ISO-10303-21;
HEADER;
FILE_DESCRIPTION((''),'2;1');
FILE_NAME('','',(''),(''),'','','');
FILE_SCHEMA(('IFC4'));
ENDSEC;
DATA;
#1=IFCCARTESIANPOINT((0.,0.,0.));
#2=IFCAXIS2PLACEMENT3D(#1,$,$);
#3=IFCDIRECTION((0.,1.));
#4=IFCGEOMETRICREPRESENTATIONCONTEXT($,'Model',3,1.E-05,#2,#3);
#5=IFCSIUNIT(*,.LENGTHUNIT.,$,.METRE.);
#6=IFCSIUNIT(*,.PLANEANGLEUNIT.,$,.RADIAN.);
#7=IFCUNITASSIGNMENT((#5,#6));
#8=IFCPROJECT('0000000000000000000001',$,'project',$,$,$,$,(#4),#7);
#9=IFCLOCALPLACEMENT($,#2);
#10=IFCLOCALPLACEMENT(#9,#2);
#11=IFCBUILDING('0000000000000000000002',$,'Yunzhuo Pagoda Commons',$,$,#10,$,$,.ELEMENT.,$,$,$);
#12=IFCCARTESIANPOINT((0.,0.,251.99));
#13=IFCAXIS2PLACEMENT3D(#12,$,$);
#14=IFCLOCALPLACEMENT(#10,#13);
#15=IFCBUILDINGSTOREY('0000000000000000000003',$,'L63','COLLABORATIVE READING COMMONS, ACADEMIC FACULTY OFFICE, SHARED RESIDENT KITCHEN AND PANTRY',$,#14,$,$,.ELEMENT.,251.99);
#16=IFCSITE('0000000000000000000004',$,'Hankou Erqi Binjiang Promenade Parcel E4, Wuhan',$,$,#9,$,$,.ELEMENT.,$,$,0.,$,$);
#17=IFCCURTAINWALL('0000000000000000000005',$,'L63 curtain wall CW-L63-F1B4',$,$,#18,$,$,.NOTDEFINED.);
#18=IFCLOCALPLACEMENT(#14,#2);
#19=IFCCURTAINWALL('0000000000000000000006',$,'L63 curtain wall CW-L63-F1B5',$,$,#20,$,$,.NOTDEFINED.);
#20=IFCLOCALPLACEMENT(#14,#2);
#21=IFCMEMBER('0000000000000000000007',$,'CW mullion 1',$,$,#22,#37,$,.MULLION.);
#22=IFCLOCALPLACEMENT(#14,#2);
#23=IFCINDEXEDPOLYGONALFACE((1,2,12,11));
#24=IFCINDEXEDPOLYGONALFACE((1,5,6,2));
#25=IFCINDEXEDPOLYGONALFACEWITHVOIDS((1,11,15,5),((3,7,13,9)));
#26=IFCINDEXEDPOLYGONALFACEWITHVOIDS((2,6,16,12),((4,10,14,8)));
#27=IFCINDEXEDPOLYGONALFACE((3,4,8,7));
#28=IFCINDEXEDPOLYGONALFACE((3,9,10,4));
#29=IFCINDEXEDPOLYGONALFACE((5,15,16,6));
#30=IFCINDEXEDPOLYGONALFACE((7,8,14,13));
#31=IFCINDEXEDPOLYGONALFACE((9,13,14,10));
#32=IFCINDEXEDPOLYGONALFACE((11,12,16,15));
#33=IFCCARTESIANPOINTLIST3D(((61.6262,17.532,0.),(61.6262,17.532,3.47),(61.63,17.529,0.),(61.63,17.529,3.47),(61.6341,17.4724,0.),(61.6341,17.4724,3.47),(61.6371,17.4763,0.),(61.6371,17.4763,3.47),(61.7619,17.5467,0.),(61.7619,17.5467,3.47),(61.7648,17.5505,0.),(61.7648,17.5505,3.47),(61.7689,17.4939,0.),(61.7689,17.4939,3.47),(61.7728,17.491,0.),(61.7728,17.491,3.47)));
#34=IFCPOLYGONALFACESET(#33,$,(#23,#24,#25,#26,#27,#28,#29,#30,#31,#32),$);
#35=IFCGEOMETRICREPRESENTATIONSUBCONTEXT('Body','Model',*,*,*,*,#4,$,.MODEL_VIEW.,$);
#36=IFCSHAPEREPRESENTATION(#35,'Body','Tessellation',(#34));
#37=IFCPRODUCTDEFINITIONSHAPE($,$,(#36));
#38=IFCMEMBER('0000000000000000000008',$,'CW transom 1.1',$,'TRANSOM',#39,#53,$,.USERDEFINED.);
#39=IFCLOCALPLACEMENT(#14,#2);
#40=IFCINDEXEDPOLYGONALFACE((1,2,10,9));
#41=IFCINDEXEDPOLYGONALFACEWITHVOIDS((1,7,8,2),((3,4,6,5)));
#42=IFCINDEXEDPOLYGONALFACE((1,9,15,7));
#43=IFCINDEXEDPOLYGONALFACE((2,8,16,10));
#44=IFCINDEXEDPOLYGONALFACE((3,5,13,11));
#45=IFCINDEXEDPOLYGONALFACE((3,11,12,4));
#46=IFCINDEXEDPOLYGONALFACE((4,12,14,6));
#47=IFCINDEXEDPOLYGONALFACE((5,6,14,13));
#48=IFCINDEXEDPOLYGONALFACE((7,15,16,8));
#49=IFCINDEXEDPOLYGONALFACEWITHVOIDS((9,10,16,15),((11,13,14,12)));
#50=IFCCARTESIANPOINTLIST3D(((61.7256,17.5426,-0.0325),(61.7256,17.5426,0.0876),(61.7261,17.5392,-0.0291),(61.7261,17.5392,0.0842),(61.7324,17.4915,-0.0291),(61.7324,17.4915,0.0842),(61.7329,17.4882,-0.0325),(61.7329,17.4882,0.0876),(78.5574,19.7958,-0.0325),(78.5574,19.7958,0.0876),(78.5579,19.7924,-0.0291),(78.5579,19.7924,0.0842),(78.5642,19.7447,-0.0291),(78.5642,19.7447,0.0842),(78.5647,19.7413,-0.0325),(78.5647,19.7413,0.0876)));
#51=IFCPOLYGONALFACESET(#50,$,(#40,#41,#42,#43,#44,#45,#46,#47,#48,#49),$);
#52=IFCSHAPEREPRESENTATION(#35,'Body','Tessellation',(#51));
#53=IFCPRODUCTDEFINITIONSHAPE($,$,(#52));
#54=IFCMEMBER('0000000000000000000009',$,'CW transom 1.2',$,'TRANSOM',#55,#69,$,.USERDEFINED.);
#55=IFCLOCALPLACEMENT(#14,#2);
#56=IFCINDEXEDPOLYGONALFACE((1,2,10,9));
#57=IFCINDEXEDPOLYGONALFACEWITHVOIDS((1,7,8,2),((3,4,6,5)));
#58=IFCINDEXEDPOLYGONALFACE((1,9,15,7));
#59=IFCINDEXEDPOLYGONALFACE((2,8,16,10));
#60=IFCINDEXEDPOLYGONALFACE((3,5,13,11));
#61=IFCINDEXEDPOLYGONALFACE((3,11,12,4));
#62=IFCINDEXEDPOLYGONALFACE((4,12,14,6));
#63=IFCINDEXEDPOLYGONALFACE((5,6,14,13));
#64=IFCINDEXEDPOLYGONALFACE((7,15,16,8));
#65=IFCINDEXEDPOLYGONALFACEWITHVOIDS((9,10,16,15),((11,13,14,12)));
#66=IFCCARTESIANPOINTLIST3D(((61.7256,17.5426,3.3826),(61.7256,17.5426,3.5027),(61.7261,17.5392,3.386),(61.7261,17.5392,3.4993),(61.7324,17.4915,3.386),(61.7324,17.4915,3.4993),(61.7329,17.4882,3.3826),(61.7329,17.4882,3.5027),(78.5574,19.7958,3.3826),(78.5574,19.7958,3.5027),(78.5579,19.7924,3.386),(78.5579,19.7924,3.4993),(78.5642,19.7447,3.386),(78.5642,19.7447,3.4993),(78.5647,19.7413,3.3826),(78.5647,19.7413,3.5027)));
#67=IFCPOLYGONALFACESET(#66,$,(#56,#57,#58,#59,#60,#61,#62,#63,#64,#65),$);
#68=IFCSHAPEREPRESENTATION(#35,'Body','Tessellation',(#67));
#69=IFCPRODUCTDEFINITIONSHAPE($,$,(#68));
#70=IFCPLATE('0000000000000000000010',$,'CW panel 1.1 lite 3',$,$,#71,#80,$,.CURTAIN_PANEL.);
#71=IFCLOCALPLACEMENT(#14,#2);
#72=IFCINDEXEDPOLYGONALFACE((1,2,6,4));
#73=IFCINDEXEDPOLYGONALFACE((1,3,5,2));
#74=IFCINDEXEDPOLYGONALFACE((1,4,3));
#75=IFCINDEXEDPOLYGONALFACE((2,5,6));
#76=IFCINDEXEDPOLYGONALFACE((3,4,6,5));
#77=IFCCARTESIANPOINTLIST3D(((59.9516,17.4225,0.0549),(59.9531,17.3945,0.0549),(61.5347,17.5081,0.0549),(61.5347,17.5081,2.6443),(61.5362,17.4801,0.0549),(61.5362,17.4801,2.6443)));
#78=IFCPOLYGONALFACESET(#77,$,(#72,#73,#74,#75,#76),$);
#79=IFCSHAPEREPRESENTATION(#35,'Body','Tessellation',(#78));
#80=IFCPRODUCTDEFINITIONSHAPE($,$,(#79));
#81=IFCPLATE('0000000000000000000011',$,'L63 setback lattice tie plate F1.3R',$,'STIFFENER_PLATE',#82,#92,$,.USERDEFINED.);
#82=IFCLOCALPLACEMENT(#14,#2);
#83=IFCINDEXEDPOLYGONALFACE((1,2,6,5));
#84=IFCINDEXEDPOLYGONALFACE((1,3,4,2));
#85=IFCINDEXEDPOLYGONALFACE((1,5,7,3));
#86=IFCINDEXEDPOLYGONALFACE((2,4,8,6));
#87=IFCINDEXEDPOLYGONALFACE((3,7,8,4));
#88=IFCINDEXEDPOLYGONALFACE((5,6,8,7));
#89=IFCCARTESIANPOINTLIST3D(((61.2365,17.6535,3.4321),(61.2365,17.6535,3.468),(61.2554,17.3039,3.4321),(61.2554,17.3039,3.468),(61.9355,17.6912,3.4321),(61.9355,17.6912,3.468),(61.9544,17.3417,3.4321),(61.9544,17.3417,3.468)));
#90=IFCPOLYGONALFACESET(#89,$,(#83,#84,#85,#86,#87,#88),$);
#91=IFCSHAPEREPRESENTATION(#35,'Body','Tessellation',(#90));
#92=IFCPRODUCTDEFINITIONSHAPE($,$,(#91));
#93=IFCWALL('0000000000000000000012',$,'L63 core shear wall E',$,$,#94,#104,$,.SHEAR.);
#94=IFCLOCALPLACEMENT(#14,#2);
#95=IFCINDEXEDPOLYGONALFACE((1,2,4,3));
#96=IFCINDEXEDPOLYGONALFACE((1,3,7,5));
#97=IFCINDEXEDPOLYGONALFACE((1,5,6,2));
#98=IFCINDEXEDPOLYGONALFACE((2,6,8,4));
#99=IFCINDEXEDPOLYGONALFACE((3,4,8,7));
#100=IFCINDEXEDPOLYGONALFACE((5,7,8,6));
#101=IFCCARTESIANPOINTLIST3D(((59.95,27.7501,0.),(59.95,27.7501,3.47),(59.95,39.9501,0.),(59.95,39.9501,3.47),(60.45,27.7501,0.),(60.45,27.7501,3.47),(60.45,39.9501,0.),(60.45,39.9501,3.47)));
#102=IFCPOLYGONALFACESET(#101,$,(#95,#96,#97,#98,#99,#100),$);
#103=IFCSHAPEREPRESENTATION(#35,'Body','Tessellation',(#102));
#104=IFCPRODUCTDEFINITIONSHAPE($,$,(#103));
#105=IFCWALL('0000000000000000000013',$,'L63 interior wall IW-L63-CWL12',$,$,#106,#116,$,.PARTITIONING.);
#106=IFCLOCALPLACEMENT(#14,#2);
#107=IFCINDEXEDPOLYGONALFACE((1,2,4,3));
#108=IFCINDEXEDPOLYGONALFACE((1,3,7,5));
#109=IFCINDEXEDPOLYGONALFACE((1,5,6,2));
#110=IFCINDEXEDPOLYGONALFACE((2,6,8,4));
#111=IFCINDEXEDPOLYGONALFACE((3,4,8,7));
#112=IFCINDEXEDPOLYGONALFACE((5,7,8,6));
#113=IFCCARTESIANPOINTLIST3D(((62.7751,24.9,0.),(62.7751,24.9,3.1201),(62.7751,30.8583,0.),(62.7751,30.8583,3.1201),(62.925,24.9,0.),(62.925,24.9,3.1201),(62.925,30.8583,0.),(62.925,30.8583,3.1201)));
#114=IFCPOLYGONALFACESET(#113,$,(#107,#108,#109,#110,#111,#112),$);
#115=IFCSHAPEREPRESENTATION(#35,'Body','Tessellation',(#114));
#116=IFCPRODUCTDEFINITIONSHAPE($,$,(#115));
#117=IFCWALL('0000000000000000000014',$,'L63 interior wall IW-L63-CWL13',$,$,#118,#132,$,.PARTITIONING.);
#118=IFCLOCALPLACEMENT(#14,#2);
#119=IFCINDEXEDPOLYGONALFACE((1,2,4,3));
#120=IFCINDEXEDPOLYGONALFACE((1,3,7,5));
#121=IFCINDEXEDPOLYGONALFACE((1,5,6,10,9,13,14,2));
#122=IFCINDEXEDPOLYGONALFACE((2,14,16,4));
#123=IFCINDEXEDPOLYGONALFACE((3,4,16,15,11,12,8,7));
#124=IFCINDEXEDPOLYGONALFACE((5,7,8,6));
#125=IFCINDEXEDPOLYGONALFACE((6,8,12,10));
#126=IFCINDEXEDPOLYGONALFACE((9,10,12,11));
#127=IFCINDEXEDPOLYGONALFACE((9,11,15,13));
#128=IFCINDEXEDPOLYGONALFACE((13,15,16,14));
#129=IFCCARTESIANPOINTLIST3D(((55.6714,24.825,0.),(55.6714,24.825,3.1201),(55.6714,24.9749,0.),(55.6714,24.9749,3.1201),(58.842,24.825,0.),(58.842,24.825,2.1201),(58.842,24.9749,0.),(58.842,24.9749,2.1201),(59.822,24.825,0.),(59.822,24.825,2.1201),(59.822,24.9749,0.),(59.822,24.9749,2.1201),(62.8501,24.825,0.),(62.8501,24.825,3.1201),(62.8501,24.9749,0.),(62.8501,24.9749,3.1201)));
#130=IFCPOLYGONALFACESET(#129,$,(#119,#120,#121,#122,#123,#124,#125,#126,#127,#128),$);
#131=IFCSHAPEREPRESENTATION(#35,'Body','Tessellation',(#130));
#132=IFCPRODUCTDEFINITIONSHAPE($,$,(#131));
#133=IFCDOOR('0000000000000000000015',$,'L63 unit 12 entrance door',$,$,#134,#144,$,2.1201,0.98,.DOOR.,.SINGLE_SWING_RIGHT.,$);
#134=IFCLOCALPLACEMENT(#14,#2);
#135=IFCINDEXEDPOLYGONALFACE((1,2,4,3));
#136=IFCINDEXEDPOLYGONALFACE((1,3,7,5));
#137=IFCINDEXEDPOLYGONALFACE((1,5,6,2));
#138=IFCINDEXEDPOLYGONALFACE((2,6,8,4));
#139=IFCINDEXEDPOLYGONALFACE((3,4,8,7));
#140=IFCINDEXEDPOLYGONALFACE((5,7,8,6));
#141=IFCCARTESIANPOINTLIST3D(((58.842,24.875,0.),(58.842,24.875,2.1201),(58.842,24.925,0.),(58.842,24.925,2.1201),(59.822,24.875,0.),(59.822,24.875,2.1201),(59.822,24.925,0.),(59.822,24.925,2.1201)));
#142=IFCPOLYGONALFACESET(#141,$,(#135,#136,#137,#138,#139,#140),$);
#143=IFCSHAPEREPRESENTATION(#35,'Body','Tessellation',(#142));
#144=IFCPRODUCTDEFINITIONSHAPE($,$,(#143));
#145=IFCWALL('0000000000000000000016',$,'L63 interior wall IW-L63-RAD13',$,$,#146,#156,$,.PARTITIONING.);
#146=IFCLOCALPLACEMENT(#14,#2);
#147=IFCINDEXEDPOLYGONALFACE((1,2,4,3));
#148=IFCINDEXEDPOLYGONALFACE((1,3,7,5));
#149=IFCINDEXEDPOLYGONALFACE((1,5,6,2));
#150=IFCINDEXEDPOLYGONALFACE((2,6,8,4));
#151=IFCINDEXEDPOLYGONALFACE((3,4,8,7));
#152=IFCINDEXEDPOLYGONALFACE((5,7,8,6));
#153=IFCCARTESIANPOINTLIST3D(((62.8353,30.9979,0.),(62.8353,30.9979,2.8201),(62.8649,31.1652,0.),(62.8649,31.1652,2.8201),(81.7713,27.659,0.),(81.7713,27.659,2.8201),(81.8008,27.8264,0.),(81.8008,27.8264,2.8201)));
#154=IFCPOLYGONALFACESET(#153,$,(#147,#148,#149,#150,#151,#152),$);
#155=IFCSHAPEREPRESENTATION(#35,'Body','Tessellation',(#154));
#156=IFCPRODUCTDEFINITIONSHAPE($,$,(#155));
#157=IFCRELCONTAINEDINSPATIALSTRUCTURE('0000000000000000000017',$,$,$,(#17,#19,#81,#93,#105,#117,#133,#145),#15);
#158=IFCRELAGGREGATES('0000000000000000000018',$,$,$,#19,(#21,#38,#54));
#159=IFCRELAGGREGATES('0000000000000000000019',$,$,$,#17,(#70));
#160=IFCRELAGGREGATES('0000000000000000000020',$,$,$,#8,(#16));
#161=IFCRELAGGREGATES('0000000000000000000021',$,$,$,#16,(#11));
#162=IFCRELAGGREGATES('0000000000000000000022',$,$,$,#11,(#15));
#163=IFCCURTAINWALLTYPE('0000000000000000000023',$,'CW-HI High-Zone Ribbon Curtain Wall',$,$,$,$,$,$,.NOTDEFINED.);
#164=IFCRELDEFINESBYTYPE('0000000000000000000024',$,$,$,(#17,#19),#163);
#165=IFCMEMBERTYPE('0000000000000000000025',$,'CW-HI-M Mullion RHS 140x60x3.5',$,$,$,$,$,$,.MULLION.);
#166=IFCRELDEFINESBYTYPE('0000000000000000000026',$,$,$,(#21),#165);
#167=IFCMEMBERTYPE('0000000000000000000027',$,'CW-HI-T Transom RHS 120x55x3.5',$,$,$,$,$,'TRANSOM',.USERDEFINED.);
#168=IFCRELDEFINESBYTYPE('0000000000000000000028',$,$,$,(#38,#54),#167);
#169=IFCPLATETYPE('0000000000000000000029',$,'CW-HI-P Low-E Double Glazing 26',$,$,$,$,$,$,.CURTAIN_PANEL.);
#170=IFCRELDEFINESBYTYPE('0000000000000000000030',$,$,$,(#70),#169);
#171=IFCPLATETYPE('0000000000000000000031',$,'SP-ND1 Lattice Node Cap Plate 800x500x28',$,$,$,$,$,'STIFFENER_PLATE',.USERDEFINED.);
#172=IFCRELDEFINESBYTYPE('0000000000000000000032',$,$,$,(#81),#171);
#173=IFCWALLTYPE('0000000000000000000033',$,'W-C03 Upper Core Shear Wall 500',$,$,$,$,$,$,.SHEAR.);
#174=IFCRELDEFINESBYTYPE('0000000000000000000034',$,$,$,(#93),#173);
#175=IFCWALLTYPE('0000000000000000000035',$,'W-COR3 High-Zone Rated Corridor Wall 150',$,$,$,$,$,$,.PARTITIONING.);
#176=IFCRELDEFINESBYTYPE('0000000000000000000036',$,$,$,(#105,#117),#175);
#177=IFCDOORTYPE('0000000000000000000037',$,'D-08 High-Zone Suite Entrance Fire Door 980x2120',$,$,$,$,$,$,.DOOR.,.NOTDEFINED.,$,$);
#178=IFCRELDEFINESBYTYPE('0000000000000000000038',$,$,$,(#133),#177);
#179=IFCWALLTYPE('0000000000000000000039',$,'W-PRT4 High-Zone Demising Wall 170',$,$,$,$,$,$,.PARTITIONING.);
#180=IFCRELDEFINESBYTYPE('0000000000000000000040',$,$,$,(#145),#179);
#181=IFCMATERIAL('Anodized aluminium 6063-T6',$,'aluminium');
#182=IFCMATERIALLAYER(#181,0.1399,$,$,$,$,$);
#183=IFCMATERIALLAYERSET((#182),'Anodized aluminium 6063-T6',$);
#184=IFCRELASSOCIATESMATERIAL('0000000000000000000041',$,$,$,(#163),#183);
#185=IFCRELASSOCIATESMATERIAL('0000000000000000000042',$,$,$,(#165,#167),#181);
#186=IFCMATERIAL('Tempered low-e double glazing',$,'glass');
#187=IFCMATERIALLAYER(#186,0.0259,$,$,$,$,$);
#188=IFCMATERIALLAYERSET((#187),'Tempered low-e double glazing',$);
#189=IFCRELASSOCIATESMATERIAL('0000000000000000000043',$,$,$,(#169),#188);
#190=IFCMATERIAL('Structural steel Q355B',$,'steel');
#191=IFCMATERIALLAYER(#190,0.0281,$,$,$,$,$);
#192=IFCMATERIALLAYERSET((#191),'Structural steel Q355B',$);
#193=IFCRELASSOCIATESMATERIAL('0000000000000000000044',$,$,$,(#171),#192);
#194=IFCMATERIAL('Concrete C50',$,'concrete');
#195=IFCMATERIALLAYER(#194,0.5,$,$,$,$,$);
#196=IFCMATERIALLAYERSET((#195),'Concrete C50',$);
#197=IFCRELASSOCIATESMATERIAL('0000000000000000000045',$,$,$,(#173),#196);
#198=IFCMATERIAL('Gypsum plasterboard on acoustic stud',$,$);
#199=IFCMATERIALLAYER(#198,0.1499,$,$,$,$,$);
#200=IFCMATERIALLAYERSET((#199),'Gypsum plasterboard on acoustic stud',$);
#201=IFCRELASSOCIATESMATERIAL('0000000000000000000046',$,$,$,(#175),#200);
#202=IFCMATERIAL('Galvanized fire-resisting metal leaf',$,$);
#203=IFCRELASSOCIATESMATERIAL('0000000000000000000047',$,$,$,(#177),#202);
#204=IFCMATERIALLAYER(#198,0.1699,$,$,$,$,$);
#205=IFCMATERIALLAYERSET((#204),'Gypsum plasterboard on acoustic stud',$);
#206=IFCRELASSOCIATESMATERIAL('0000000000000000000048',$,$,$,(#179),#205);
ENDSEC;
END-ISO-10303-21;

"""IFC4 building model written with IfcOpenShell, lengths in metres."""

from ifc_helpers import new_model, si_unit, direction, frame, frame_2d, origin, origin_with_axes, origin_2d, place, context, subcontext, project, spatial, polyline, rectangle, hollow_rectangle, outline, extrude, source, transform, mapped, material, layer, layer_set, material_profile, profile_set, type_object, element, fill, aggregate, save


model = new_model("IFC4")

# Units and contexts
model_context = context("Model", 3, precision=1e-05, world=origin(), true_north=direction((0.0, 1.0)))
body_context = subcontext(model_context, "Body", "Model", "MODEL_VIEW")
ifc_project = project(units=[si_unit("LENGTHUNIT", "METRE"), si_unit("PLANEANGLEUNIT", "RADIAN")], contexts=[model_context])

# Site, building, storey
site_placement = place(None, origin())
site = spatial("IfcSite", under=ifc_project, at=site_placement, Name="Hankou Erqi Binjiang Promenade Parcel E4, Wuhan", CompositionType="ELEMENT", RefElevation=0.0)
building_placement = place(site_placement, origin())
building = spatial("IfcBuilding", under=site, at=building_placement, Name="Yunzhuo Pagoda Commons", CompositionType="ELEMENT")
storey_placement = place(building_placement, frame((0.0, 0.0, 251.99)))
storey = spatial("IfcBuildingStorey", under=building, at=storey_placement, Name="L63", Description="COLLABORATIVE READING COMMONS, ACADEMIC FACULTY OFFICE, SHARED RESIDENT KITCHEN AND PANTRY", CompositionType="ELEMENT", Elevation=251.99)

# Shared definitions
ifc_material_1 = material(Name="Structural steel Q355B", Category="steel")

# Curtain wall
ifc_material_2 = material(Name="Anodized aluminium 6063-T6", Category="aluminium")
ifc_layer_1 = layer(ifc_material_2, 0.1399)
ifc_layer_set_1 = layer_set([ifc_layer_1], Name="Anodized aluminium 6063-T6")
curtain_wall_type = type_object("IfcCurtainWallType", Name="CW-HI High-Zone Ribbon Curtain Wall", PredefinedType="NOTDEFINED", material=ifc_layer_set_1)
curtain_wall_1_placement = place(storey_placement, origin())
curtain_wall_1 = element("IfcCurtainWall", 1, at=curtain_wall_1_placement, inside=storey, type_object=curtain_wall_type, Name="L63 curtain wall CW-L63-F1B4", PredefinedType="NOTDEFINED")
ifc_material_profile_1 = material_profile(ifc_material_2, hollow_rectangle(XDim=0.0601, YDim=0.1399, WallThickness=0.0034, at=origin_2d()), Name="Anodized aluminium 6063-T6")
ifc_profile_set_1 = profile_set([ifc_material_profile_1], Name="Anodized aluminium 6063-T6")
member_type_1 = type_object("IfcMemberType", Name="CW-HI-M Mullion RHS 140x60x3.5", PredefinedType="MULLION", material=ifc_profile_set_1)
shared_shape_1 = source(origin(), body_context, "Body", "SweptSolid", [
    extrude(hollow_rectangle(XDim=0.0601, YDim=0.1399, WallThickness=0.0034, at=origin_2d()), origin(), (0.0, 0.0, 1.0), 3.47),
])

# Curtain wall, members
curtain_wall_2_placement = place(storey_placement, origin())
curtain_wall_2 = element("IfcCurtainWall", 2, at=curtain_wall_2_placement, inside=storey, type_object=curtain_wall_type, Name="L63 curtain wall CW-L63-F1B5", PredefinedType="NOTDEFINED")
member_1_placement = place(storey_placement, frame((61.6995, 17.5115, 0.0), z_axis=(0.0, 0.0, 1.0), x_axis=(-0.132664, 0.991161, 0.0)))
member_1 = element("IfcMember", 3, at=member_1_placement, type_object=member_type_1, Name="CW mullion 1", PredefinedType="MULLION", context=body_context, shape_type="MappedRepresentation", body=[
    mapped(shared_shape_1, transform((0.0, 0.0, 0.0), scale=1.0)),
])
ifc_material_profile_2 = material_profile(ifc_material_2, hollow_rectangle(XDim=0.0549, YDim=0.1201, WallThickness=0.0034, at=origin_2d()), Name="Anodized aluminium 6063-T6")
ifc_profile_set_2 = profile_set([ifc_material_profile_2], Name="Anodized aluminium 6063-T6")
member_type_2 = type_object("IfcMemberType", Name="CW-HI-T Transom RHS 120x55x3.5", ElementType="TRANSOM", PredefinedType="USERDEFINED", material=ifc_profile_set_2)
shared_shape_2 = source(origin(), body_context, "Body", "SweptSolid", [
    extrude(hollow_rectangle(XDim=0.0549, YDim=0.1201, WallThickness=0.0034, at=origin_2d()), origin(), (0.0, 0.0, 1.0), 16.9819),
])
member_2_placement = place(storey_placement, frame((61.7292, 17.5154, 0.0276), z_axis=(0.991159, 0.132681, 0.0), x_axis=(-0.132681, 0.991159, 0.0)))
member_2 = element("IfcMember", 4, at=member_2_placement, type_object=member_type_2, Name="CW transom 1.1", ObjectType="TRANSOM", PredefinedType="USERDEFINED", context=body_context, shape_type="MappedRepresentation", body=[
    mapped(shared_shape_2, transform((0.0, 0.0, 0.0), scale=1.0)),
])
member_3_placement = place(storey_placement, frame((61.7292, 17.5154, 3.4426), z_axis=(0.991159, 0.132681, 0.0), x_axis=(-0.132681, 0.991159, 0.0)))
member_3 = element("IfcMember", 5, at=member_3_placement, type_object=member_type_2, Name="CW transom 1.2", ObjectType="TRANSOM", PredefinedType="USERDEFINED", context=body_context, shape_type="MappedRepresentation", body=[
    mapped(shared_shape_2, transform((0.0, 0.0, 0.0), scale=1.0)),
])
aggregate(curtain_wall_2, [member_1, member_2, member_3])

# Plates
ifc_material_3 = material(Name="Tempered low-e double glazing", Category="glass")
ifc_layer_2 = layer(ifc_material_3, 0.0259)
ifc_layer_set_2 = layer_set([ifc_layer_2], Name="Tempered low-e double glazing")
plate_type_1 = type_object("IfcPlateType", Name="CW-HI-P Low-E Double Glazing 26", PredefinedType="CURTAIN_PANEL", material=ifc_layer_set_2)
plate_1_placement = place(storey_placement, frame((60.7432, 17.4653, 1.3496), z_axis=(0.053989, -0.998542, 0.0), x_axis=(0.998542, 0.053989, 0.0)))
plate_1 = element("IfcPlate", 6, at=plate_1_placement, type_object=plate_type_1, Name="CW panel 1.1 lite 3", PredefinedType="CURTAIN_PANEL", context=body_context, shape_type="SweptSolid", body=[
    extrude(outline(polyline([(-0.7927, -1.2947), (0.7927, -1.2947), (0.7927, 1.2947), (-0.7927, -1.2947)])), origin(), (0.0, 0.0, 1.0), 0.0281),
])
aggregate(curtain_wall_1, [plate_1])
ifc_layer_3 = layer(ifc_material_1, 0.0281)
ifc_layer_set_3 = layer_set([ifc_layer_3], Name="Structural steel Q355B")
plate_type_2 = type_object("IfcPlateType", Name="SP-ND1 Lattice Node Cap Plate 800x500x28", ElementType="STIFFENER_PLATE", PredefinedType="USERDEFINED", material=ifc_layer_set_3)
shared_shape_3 = source(origin(), body_context, "Body", "SweptSolid", [
    extrude(rectangle(XDim=0.7, YDim=0.3501, at=origin_2d()), origin(), (0.0, 0.0, 1.0), 0.0359),
])
plate_2_placement = place(storey_placement, frame((61.5955, 17.4976, 3.4321), z_axis=(0.0, 0.0, 1.0), x_axis=(0.998541, 0.053992, 0.0)))
element("IfcPlate", 7, at=plate_2_placement, inside=storey, type_object=plate_type_2, Name="L63 setback lattice tie plate F1.3R", ObjectType="STIFFENER_PLATE", PredefinedType="USERDEFINED", context=body_context, shape_type="MappedRepresentation", body=[
    mapped(shared_shape_3, transform((0.0, 0.0, 0.0), scale=1.0)),
])

# Wall
ifc_material_4 = material(Name="Concrete C50", Category="concrete")
ifc_layer_4 = layer(ifc_material_4, 0.5)
ifc_layer_set_4 = layer_set([ifc_layer_4], Name="Concrete C50")
wall_type_1 = type_object("IfcWallType", Name="W-C03 Upper Core Shear Wall 500", PredefinedType="SHEAR", material=ifc_layer_set_4)
wall_1_placement = place(storey_placement, frame((60.2, 27.75, 0.0), z_axis=(0.0, 0.0, 1.0), x_axis=(0.0, 1.0, 0.0)))
element("IfcWall", 8, at=wall_1_placement, inside=storey, type_object=wall_type_1, Name="L63 core shear wall E", PredefinedType="SHEAR", context=body_context, shape_type="SweptSolid", body=[
    extrude(rectangle(XDim=12.2, YDim=0.5, at=frame_2d((6.1001, 0.0))), origin(), (0.0, 0.0, 1.0), 3.47),
])

# Shared definitions
ifc_material_5 = material(Name="Gypsum plasterboard on acoustic stud")
ifc_layer_5 = layer(ifc_material_5, 0.1499)
ifc_layer_set_5 = layer_set([ifc_layer_5], Name="Gypsum plasterboard on acoustic stud")
wall_type_2 = type_object("IfcWallType", Name="W-COR3 High-Zone Rated Corridor Wall 150", PredefinedType="PARTITIONING", material=ifc_layer_set_5)
ifc_material_6 = material(Name="Galvanized fire-resisting metal leaf")
door_type = type_object("IfcDoorType", Name="D-08 High-Zone Suite Entrance Fire Door 980x2120", OperationType="NOTDEFINED", PredefinedType="DOOR", material=ifc_material_6)
shared_shape_4 = source(origin(), body_context, "Body", "SweptSolid", [
    extrude(rectangle(XDim=0.98, YDim=2.1201, at=frame_2d((0.49, 1.0601))), frame((0.0, 0.0249, 0.0), z_axis=(0.0, -1.0, 0.0), x_axis=(1.0, 0.0, 0.0)), (0.0, 0.0, 1.0), 0.05),
])

# Wall
wall_2_placement = place(storey_placement, frame((62.8501, 30.8582, 0.0), z_axis=(0.0, 0.0, 1.0), x_axis=(0.0, -1.0, 0.0)))
element("IfcWall", 9, at=wall_2_placement, inside=storey, type_object=wall_type_2, Name="L63 interior wall IW-L63-CWL12", PredefinedType="PARTITIONING", context=body_context, shape_type="SweptSolid", body=[
    extrude(rectangle(XDim=5.9583, YDim=0.1499, at=frame_2d((2.979, 0.0))), origin(), (0.0, 0.0, 1.0), 3.1201),
])

# Wall, opening, door
wall_3_placement = place(storey_placement, frame((62.8501, 24.8999, 0.0), z_axis=(0.0, 0.0, 1.0), x_axis=(-1.0, 0.0, 0.0)))
wall_3 = element("IfcWall", 10, at=wall_3_placement, inside=storey, type_object=wall_type_2, Name="L63 interior wall IW-L63-CWL13", PredefinedType="PARTITIONING", context=body_context, shape_type="SweptSolid", body=[
    extrude(rectangle(XDim=7.1787, YDim=0.1499, at=frame_2d((3.5894, 0.0))), origin(), (0.0, 0.0, 1.0), 3.1201),
])
opening_1_placement = place(wall_3_placement, frame((3.0281, 0.0, 0.0)))
opening_1 = element("IfcOpeningElement", 11, at=opening_1_placement, cuts=wall_3, PredefinedType="OPENING", context=body_context, shape_type="SweptSolid", body=[
    extrude(rectangle(XDim=0.98, YDim=2.1201, at=frame_2d((0.49, 1.0601))), frame((0.0, 0.085, 0.0), z_axis=(0.0, -1.0, 0.0), x_axis=(1.0, 0.0, 0.0)), (0.0, 0.0, 1.0), 0.1699),
])
door_1_placement = place(opening_1_placement, origin_with_axes())
door_1 = element("IfcDoor", 12, at=door_1_placement, inside=storey, type_object=door_type, Name="L63 unit 12 entrance door", OperationType="SINGLE_SWING_RIGHT", OverallHeight=2.1201, OverallWidth=0.98, PredefinedType="DOOR", context=body_context, shape_type="MappedRepresentation", body=[
    mapped(shared_shape_4, transform((0.0, 0.0, 0.0), scale=1.0)),
])
fill(opening_1, door_1)

# Wall
ifc_layer_6 = layer(ifc_material_5, 0.1699)
ifc_layer_set_6 = layer_set([ifc_layer_6], Name="Gypsum plasterboard on acoustic stud")
wall_type_3 = type_object("IfcWallType", Name="W-PRT4 High-Zone Demising Wall 170", PredefinedType="PARTITIONING", material=ifc_layer_set_6)
wall_4_placement = place(storey_placement, frame((62.8501, 31.0815, 0.0), z_axis=(0.0, 0.0, 1.0), x_axis=(0.984808, -0.173645, 0.0)))
element("IfcWall", 13, at=wall_4_placement, inside=storey, type_object=wall_type_3, Name="L63 interior wall IW-L63-RAD13", PredefinedType="PARTITIONING", context=body_context, shape_type="SweptSolid", body=[
    extrude(rectangle(XDim=19.228, YDim=0.1699, at=frame_2d((9.614, 0.0))), origin(), (0.0, 0.0, 1.0), 2.8201),
])

save(model, "model.ifc")
